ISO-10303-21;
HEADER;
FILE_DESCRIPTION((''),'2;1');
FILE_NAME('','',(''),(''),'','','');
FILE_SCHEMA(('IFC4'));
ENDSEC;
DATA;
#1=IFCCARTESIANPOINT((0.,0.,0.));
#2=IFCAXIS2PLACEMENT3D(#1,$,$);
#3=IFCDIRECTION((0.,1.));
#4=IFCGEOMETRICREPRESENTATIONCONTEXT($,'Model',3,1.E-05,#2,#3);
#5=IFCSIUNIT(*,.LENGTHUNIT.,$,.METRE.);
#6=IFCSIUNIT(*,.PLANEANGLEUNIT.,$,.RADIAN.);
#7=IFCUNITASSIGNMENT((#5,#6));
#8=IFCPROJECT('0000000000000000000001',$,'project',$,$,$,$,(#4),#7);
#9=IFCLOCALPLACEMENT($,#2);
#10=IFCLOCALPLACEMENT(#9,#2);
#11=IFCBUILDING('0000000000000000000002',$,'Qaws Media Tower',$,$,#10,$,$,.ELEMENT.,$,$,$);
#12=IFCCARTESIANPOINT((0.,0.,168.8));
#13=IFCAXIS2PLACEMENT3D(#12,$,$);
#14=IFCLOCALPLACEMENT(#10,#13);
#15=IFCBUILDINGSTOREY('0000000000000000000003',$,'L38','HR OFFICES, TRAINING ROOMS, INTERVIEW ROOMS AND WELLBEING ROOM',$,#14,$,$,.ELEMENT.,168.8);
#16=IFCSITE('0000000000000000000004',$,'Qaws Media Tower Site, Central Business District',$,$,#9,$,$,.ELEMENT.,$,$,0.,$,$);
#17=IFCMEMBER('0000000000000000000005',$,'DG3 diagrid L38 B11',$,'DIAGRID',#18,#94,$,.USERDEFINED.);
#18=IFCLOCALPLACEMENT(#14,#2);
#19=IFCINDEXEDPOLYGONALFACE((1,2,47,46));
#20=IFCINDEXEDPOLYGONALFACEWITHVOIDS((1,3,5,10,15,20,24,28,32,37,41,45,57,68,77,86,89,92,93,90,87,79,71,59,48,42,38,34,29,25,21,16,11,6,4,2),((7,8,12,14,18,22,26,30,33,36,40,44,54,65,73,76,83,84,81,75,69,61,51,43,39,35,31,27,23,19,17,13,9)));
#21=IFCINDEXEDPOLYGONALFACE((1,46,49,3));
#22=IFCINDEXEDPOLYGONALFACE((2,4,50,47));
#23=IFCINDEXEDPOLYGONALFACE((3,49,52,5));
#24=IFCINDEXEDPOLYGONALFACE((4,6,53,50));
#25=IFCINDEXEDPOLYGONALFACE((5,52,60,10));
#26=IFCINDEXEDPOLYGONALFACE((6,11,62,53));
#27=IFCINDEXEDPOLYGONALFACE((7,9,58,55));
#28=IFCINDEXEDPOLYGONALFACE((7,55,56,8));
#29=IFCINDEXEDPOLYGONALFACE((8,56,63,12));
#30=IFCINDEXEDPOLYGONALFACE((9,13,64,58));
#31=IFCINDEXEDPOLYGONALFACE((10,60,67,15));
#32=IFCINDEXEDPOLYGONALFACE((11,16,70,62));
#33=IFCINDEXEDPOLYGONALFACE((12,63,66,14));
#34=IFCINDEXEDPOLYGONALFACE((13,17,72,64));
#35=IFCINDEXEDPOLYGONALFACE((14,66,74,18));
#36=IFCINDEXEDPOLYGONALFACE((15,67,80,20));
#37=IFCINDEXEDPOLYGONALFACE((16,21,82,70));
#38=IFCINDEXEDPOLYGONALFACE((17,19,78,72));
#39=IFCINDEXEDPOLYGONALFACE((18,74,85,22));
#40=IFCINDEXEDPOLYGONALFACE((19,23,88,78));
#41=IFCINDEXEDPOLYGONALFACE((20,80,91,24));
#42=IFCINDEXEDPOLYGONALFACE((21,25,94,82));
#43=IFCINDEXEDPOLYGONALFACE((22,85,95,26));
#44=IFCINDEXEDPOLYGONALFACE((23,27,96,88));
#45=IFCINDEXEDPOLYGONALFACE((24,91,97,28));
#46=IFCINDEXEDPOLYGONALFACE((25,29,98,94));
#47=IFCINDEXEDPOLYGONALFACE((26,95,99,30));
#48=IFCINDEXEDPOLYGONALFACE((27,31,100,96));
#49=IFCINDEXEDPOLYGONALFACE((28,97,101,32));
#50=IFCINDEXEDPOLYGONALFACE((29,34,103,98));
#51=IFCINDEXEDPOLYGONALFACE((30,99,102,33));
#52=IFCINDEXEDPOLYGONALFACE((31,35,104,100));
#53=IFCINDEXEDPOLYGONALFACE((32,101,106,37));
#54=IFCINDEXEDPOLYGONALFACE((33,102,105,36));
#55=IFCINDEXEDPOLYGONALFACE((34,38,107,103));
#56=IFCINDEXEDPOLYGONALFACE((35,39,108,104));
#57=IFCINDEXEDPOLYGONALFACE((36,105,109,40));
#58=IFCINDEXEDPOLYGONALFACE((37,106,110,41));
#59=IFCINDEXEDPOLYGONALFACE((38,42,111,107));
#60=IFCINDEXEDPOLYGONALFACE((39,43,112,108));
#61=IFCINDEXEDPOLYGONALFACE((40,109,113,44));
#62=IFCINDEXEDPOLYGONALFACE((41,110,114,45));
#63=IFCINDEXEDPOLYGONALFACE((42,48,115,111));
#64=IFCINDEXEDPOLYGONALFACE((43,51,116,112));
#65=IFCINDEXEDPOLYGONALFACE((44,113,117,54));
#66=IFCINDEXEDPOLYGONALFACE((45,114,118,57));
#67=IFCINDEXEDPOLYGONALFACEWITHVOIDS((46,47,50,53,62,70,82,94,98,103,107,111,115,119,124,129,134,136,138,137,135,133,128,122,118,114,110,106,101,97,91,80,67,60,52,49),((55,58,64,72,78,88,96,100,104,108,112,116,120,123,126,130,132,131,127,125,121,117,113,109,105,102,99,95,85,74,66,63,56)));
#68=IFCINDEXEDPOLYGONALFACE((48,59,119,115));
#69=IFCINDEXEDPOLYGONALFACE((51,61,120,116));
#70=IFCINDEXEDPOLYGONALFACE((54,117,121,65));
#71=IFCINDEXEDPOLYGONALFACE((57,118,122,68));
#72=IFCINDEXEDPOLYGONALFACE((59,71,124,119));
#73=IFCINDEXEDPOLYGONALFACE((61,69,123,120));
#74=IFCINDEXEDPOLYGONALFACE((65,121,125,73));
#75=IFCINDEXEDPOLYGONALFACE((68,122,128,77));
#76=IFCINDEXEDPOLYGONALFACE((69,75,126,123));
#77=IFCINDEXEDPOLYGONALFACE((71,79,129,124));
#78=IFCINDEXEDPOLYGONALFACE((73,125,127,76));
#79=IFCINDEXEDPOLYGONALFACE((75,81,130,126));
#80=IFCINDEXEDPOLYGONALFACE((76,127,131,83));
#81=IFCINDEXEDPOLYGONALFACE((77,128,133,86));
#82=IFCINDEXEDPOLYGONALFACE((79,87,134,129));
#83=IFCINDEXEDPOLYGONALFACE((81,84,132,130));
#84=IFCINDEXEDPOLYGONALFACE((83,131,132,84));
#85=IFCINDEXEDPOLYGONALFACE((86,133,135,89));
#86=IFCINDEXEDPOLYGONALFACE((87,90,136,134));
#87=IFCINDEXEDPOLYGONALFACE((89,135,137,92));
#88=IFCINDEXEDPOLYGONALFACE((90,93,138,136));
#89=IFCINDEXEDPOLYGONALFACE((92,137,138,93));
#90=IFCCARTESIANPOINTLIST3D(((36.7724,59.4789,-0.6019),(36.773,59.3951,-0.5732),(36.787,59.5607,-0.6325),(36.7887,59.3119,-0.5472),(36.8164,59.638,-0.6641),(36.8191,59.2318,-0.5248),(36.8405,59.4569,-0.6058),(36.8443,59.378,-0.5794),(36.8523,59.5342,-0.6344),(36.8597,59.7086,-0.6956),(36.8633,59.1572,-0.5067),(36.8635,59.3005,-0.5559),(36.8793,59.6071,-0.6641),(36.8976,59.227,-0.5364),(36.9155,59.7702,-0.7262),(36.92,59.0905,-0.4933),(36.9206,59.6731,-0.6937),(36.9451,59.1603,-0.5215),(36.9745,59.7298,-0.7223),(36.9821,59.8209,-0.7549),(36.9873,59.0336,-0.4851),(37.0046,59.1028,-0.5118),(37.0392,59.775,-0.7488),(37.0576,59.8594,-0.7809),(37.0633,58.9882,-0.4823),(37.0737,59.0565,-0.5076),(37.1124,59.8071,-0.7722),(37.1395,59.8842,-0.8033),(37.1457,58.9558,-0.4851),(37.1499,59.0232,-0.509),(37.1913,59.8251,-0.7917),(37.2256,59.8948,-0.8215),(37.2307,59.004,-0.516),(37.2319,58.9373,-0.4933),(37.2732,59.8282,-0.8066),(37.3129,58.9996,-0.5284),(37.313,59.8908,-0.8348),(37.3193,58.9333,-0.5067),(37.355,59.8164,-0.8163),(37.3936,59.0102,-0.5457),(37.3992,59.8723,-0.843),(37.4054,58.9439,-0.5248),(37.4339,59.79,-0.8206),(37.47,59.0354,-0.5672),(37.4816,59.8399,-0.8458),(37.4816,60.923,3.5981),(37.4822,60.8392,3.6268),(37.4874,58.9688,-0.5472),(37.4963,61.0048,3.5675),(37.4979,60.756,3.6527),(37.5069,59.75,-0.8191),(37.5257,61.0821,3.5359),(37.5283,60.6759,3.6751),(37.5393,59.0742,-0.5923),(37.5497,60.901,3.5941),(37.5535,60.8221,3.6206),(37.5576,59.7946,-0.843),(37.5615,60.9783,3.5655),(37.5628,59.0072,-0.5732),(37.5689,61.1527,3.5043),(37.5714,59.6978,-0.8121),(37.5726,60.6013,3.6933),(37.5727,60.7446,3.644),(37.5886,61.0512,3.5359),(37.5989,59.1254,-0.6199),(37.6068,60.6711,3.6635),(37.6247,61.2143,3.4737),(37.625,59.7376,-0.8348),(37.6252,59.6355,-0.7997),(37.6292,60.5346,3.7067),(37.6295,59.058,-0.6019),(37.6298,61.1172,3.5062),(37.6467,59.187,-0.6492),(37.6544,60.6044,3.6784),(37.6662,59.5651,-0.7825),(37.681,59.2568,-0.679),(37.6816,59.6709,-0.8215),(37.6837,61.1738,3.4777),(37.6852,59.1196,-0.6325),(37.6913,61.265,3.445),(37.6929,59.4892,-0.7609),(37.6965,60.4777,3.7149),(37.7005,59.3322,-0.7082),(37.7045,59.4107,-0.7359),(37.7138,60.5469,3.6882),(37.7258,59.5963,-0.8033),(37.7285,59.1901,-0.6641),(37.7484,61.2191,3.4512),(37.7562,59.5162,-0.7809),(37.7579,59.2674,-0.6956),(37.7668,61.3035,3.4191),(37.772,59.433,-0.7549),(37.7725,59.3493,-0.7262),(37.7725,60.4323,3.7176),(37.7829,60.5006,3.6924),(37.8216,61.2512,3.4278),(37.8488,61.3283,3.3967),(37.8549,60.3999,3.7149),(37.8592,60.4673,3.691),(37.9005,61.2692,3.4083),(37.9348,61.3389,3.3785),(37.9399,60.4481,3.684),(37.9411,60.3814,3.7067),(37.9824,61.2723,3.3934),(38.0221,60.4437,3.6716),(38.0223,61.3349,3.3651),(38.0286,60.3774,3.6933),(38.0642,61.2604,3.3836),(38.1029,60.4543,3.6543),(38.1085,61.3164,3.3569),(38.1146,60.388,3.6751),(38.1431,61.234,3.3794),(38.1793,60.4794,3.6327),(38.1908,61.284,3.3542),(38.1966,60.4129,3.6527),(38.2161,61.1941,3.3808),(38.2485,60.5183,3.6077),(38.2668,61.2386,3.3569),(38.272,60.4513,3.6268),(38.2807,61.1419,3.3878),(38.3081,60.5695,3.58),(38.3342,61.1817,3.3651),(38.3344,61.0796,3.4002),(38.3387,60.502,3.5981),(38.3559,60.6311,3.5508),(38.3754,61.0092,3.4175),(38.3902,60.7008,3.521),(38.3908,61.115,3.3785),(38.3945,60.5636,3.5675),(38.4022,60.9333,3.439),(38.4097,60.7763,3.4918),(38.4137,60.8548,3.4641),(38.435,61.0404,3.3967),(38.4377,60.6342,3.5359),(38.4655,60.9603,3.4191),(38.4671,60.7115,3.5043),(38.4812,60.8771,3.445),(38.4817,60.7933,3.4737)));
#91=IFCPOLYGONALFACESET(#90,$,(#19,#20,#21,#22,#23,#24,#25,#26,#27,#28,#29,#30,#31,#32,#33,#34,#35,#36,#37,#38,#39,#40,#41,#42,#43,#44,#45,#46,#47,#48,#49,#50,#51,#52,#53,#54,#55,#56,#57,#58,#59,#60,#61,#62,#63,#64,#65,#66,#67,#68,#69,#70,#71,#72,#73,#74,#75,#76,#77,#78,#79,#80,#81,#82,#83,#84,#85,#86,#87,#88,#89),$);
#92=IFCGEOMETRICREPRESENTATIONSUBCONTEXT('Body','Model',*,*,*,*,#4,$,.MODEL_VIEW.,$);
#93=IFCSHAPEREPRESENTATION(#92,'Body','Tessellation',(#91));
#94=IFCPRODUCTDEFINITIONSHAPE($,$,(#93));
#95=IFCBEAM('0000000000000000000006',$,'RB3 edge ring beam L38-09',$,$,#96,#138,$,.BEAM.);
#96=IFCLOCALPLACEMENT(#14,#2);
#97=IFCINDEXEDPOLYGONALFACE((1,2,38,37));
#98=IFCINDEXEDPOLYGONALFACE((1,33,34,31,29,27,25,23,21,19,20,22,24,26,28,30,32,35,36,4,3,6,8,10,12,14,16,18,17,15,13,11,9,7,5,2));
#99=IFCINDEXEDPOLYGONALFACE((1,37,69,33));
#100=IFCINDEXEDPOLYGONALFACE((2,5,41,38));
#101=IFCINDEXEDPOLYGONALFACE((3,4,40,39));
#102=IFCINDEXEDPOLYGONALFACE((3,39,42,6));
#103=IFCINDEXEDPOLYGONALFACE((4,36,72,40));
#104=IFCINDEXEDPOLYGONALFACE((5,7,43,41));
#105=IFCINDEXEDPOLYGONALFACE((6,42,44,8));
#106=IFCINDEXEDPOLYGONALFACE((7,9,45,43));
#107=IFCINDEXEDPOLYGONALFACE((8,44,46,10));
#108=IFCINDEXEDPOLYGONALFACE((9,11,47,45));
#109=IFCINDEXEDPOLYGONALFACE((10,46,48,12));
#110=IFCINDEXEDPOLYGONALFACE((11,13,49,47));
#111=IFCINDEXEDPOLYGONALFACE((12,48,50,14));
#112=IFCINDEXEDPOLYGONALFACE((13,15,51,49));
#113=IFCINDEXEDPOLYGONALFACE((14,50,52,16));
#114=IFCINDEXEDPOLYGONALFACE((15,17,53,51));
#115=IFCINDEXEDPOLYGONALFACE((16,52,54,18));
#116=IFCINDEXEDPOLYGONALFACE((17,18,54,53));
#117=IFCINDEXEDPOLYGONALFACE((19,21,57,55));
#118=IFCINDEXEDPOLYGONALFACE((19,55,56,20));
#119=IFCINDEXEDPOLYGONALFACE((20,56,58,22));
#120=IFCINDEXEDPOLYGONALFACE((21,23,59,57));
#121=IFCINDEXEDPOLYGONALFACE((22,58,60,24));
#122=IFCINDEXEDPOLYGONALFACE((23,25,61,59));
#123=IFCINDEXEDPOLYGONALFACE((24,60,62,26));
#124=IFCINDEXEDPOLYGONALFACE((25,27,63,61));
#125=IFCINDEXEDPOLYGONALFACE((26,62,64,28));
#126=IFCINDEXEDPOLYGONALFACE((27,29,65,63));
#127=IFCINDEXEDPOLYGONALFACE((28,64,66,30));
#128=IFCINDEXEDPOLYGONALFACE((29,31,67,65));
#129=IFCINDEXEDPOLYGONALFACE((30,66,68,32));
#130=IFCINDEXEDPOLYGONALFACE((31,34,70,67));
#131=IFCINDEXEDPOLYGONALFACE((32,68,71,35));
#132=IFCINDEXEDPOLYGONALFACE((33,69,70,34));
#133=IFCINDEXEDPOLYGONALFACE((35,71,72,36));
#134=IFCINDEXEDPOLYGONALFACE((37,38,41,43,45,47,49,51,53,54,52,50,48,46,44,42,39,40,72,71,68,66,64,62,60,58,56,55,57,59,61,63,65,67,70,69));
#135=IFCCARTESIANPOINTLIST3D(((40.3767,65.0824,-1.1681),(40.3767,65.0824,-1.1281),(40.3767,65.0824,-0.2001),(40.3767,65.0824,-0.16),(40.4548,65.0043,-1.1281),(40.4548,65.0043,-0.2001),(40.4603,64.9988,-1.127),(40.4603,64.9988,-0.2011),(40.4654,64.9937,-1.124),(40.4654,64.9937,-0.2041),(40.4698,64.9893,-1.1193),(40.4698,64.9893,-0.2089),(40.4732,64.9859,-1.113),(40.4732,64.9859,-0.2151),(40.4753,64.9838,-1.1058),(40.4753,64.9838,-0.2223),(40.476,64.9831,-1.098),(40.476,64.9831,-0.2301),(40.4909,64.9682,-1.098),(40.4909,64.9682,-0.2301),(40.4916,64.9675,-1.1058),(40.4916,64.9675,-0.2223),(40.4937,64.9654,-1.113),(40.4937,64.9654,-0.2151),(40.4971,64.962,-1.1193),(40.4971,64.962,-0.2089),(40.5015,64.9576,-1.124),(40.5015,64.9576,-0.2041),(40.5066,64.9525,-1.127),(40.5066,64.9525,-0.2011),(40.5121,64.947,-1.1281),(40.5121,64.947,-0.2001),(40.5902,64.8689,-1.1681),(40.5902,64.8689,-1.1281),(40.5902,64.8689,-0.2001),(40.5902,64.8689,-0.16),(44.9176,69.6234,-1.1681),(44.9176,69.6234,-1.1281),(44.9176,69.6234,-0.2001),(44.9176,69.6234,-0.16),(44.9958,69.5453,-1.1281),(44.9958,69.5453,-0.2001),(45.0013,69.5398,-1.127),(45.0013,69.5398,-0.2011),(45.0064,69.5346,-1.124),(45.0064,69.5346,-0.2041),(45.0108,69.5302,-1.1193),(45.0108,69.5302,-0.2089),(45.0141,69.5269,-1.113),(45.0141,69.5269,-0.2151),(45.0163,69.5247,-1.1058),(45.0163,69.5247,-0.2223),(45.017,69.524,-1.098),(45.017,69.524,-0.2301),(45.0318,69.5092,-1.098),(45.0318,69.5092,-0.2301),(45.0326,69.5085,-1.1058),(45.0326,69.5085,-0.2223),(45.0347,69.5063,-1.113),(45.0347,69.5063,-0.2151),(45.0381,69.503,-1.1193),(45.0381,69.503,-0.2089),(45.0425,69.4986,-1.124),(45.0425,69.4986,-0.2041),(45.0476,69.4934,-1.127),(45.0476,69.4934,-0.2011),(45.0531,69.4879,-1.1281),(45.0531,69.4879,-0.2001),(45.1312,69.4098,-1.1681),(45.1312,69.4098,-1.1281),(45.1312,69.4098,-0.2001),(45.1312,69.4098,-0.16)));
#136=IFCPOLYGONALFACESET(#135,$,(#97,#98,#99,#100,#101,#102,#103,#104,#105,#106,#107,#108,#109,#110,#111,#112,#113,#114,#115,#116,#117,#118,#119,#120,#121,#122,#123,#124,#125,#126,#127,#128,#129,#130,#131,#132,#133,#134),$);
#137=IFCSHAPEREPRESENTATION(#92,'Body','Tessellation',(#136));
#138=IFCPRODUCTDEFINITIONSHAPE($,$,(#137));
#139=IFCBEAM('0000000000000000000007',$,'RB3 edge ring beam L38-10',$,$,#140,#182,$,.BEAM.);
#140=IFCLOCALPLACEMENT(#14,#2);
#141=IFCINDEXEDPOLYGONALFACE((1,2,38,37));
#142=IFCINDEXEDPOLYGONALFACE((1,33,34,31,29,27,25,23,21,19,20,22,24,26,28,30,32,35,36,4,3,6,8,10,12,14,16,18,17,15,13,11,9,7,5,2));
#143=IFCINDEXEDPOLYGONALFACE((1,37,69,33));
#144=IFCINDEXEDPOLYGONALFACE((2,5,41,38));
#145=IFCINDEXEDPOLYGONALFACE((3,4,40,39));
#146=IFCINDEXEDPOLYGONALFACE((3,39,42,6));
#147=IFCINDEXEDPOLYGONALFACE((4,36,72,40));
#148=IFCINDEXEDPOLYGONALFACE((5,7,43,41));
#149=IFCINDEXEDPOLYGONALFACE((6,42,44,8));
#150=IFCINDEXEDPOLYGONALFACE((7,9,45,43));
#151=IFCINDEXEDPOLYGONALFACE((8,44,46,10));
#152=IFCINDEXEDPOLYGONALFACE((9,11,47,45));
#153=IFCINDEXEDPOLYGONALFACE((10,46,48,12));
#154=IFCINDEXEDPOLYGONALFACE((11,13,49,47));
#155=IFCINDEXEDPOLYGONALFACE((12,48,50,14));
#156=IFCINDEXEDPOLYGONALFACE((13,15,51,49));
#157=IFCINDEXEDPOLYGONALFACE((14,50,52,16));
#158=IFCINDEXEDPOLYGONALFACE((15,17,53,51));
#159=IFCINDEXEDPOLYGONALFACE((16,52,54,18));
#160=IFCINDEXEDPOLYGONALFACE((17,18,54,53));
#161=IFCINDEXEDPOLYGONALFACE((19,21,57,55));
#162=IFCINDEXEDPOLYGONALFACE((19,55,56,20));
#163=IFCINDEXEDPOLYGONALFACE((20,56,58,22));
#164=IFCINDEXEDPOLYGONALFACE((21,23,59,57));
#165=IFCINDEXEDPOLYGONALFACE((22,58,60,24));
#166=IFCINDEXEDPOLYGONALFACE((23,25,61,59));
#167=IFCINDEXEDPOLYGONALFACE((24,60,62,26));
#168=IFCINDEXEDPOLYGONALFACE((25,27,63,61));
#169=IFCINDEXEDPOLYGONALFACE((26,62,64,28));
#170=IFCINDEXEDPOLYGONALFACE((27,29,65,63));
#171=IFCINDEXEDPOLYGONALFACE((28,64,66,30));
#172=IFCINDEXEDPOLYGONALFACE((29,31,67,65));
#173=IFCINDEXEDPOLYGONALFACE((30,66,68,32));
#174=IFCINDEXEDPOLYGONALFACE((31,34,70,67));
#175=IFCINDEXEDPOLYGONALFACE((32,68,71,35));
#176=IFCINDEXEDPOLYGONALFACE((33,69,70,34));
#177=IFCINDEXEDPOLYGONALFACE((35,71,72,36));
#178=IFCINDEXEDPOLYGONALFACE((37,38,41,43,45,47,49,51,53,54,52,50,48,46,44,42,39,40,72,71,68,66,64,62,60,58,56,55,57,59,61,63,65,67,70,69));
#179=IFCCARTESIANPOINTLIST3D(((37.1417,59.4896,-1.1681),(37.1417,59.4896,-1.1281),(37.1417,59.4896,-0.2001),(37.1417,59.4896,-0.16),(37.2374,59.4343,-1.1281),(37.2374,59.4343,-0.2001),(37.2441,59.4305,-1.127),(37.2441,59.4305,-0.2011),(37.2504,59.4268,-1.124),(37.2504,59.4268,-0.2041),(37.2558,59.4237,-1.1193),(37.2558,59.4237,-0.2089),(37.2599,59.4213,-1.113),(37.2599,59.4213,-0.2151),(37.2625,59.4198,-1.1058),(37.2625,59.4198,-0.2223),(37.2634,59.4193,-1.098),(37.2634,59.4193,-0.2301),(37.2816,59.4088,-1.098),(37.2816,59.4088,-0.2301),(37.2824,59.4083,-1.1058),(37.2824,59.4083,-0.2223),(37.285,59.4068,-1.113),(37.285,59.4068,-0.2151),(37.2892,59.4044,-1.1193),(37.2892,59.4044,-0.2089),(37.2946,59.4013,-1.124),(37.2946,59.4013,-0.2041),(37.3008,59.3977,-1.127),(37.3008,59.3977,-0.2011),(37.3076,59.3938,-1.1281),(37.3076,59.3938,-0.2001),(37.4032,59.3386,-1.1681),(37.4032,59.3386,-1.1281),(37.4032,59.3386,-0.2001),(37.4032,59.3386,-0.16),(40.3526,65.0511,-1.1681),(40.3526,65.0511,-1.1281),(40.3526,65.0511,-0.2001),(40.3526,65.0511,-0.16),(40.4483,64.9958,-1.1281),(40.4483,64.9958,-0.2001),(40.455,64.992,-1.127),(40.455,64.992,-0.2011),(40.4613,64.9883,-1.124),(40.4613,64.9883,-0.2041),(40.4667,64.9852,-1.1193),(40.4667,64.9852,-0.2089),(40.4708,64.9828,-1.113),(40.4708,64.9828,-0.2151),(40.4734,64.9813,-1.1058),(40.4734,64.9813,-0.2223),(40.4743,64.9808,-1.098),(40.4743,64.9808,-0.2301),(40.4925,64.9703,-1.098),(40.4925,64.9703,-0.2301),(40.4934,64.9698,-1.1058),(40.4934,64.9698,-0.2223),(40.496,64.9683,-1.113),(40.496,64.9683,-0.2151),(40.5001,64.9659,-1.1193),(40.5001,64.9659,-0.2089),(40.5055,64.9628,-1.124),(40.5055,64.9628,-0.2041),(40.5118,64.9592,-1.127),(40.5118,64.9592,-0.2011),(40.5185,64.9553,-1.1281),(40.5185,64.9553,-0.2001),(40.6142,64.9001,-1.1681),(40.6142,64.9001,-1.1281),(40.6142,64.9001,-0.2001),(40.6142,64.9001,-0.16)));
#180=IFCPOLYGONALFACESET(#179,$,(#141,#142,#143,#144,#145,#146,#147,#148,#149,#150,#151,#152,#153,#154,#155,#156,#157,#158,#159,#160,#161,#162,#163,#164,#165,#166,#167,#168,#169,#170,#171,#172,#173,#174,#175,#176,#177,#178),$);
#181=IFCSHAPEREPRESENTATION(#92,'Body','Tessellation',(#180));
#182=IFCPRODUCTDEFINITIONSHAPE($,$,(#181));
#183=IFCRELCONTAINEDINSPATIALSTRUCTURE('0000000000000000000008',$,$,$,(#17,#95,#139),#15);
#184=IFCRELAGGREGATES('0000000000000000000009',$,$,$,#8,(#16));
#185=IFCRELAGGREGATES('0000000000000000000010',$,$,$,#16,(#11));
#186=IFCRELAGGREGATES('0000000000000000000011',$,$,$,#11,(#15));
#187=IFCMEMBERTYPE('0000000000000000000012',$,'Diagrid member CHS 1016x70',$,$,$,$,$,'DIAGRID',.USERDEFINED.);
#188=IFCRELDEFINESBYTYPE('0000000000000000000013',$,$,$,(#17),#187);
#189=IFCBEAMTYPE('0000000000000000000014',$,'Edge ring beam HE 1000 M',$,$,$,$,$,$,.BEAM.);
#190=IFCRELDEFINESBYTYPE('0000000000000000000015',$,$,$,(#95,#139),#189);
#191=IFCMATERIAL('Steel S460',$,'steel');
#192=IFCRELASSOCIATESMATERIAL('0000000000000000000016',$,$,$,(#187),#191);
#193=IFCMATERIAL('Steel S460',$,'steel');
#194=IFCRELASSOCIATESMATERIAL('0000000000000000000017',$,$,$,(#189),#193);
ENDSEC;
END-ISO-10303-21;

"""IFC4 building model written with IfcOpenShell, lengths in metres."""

from ifc_helpers import new_model, si_unit, direction, frame, origin, origin_2d, place, context, subcontext, project, spatial, hollow_circle, i_section, extrude, material, material_profile, profile_set, type_object, element, save


model = new_model("IFC4")

# Units and contexts
model_context = context("Model", 3, precision=1e-05, world=origin(), true_north=direction((0.0, 1.0)))
body_context = subcontext(model_context, "Body", "Model", "MODEL_VIEW")
ifc_project = project(units=[si_unit("LENGTHUNIT", "METRE"), si_unit("PLANEANGLEUNIT", "RADIAN")], contexts=[model_context])

# Site, building, storey
site_placement = place(None, origin())
site = spatial("IfcSite", under=ifc_project, at=site_placement, Name="Qaws Media Tower Site, Central Business District", CompositionType="ELEMENT", RefElevation=0.0)
building_placement = place(site_placement, origin())
building = spatial("IfcBuilding", under=site, at=building_placement, Name="Qaws Media Tower", CompositionType="ELEMENT")
storey_placement = place(building_placement, frame((0.0, 0.0, 168.8)))
storey = spatial("IfcBuildingStorey", under=building, at=storey_placement, Name="L38", Description="HR OFFICES, TRAINING ROOMS, INTERVIEW ROOMS AND WELLBEING ROOM", CompositionType="ELEMENT", Elevation=168.8)

# Member
ifc_material_1 = material(Name="Steel S460", Category="steel")
ifc_material_profile_1 = material_profile(ifc_material_1, hollow_circle(Radius=0.5081, WallThickness=0.0701, at=origin_2d()), Name="CHS 1016x70")
ifc_profile_set_1 = profile_set([ifc_material_profile_1], Name="Steel S460")
member_type_1 = type_object("IfcMemberType", Name="Diagrid member CHS 1016x70", ElementType="DIAGRID", PredefinedType="USERDEFINED", material=ifc_profile_set_1)
for number, where, z_axis, x_axis, name in (
    (1, (37.2725, 59.4141, -0.6641), (0.157692, 0.321084, 0.93383), (-0.897591, 0.440829, 0.0), "DG3 diagrid L38 B11"),
):
    element("IfcMember", number, at=place(storey_placement, frame(where, z_axis=z_axis, x_axis=x_axis)), inside=storey, type_object=member_type_1, Name=name, ObjectType="DIAGRID", PredefinedType="USERDEFINED", context=body_context, shape_type="SweptSolid", body=[
        extrude(hollow_circle(Radius=0.5081, WallThickness=0.0701, at=origin_2d()), origin(), (0.0, 0.0, 1.0), 4.4976),
    ])

# Beams
ifc_material_2 = material(Name="Steel S460", Category="steel")
ifc_material_profile_2 = material_profile(ifc_material_2, i_section(OverallWidth=0.302, OverallDepth=1.0081, WebThickness=0.021, FlangeThickness=0.04, FilletRadius=0.03, at=origin_2d()), Name="HE 1000 M")
ifc_profile_set_2 = profile_set([ifc_material_profile_2], Name="Steel S460")
beam_type = type_object("IfcBeamType", Name="Edge ring beam HE 1000 M", PredefinedType="BEAM", material=ifc_profile_set_2)
for number, where, z_axis, x_axis, name in (
    (2, (45.0244, 69.5166, -0.6641), (-0.707107, -0.707107, 0.0), (0.707107, -0.707107, 0.0), "RB3 edge ring beam L38-09"),
    (3, (40.4834, 64.9756, -0.6641), (-0.499999, -0.866026, 0.0), (0.866026, -0.499999, 0.0), "RB3 edge ring beam L38-10"),
):
    element("IfcBeam", number, at=place(storey_placement, frame(where, z_axis=z_axis, x_axis=x_axis)), inside=storey, type_object=beam_type, Name=name, PredefinedType="BEAM", context=body_context, shape_type="SweptSolid", body=[
        extrude(i_section(OverallWidth=0.302, OverallDepth=1.0081, WebThickness=0.021, FlangeThickness=0.04, FilletRadius=0.03, at=origin_2d()), origin(), (0.0, 0.0, 1.0), 6.4219),
    ])

save(model, "model.ifc")
